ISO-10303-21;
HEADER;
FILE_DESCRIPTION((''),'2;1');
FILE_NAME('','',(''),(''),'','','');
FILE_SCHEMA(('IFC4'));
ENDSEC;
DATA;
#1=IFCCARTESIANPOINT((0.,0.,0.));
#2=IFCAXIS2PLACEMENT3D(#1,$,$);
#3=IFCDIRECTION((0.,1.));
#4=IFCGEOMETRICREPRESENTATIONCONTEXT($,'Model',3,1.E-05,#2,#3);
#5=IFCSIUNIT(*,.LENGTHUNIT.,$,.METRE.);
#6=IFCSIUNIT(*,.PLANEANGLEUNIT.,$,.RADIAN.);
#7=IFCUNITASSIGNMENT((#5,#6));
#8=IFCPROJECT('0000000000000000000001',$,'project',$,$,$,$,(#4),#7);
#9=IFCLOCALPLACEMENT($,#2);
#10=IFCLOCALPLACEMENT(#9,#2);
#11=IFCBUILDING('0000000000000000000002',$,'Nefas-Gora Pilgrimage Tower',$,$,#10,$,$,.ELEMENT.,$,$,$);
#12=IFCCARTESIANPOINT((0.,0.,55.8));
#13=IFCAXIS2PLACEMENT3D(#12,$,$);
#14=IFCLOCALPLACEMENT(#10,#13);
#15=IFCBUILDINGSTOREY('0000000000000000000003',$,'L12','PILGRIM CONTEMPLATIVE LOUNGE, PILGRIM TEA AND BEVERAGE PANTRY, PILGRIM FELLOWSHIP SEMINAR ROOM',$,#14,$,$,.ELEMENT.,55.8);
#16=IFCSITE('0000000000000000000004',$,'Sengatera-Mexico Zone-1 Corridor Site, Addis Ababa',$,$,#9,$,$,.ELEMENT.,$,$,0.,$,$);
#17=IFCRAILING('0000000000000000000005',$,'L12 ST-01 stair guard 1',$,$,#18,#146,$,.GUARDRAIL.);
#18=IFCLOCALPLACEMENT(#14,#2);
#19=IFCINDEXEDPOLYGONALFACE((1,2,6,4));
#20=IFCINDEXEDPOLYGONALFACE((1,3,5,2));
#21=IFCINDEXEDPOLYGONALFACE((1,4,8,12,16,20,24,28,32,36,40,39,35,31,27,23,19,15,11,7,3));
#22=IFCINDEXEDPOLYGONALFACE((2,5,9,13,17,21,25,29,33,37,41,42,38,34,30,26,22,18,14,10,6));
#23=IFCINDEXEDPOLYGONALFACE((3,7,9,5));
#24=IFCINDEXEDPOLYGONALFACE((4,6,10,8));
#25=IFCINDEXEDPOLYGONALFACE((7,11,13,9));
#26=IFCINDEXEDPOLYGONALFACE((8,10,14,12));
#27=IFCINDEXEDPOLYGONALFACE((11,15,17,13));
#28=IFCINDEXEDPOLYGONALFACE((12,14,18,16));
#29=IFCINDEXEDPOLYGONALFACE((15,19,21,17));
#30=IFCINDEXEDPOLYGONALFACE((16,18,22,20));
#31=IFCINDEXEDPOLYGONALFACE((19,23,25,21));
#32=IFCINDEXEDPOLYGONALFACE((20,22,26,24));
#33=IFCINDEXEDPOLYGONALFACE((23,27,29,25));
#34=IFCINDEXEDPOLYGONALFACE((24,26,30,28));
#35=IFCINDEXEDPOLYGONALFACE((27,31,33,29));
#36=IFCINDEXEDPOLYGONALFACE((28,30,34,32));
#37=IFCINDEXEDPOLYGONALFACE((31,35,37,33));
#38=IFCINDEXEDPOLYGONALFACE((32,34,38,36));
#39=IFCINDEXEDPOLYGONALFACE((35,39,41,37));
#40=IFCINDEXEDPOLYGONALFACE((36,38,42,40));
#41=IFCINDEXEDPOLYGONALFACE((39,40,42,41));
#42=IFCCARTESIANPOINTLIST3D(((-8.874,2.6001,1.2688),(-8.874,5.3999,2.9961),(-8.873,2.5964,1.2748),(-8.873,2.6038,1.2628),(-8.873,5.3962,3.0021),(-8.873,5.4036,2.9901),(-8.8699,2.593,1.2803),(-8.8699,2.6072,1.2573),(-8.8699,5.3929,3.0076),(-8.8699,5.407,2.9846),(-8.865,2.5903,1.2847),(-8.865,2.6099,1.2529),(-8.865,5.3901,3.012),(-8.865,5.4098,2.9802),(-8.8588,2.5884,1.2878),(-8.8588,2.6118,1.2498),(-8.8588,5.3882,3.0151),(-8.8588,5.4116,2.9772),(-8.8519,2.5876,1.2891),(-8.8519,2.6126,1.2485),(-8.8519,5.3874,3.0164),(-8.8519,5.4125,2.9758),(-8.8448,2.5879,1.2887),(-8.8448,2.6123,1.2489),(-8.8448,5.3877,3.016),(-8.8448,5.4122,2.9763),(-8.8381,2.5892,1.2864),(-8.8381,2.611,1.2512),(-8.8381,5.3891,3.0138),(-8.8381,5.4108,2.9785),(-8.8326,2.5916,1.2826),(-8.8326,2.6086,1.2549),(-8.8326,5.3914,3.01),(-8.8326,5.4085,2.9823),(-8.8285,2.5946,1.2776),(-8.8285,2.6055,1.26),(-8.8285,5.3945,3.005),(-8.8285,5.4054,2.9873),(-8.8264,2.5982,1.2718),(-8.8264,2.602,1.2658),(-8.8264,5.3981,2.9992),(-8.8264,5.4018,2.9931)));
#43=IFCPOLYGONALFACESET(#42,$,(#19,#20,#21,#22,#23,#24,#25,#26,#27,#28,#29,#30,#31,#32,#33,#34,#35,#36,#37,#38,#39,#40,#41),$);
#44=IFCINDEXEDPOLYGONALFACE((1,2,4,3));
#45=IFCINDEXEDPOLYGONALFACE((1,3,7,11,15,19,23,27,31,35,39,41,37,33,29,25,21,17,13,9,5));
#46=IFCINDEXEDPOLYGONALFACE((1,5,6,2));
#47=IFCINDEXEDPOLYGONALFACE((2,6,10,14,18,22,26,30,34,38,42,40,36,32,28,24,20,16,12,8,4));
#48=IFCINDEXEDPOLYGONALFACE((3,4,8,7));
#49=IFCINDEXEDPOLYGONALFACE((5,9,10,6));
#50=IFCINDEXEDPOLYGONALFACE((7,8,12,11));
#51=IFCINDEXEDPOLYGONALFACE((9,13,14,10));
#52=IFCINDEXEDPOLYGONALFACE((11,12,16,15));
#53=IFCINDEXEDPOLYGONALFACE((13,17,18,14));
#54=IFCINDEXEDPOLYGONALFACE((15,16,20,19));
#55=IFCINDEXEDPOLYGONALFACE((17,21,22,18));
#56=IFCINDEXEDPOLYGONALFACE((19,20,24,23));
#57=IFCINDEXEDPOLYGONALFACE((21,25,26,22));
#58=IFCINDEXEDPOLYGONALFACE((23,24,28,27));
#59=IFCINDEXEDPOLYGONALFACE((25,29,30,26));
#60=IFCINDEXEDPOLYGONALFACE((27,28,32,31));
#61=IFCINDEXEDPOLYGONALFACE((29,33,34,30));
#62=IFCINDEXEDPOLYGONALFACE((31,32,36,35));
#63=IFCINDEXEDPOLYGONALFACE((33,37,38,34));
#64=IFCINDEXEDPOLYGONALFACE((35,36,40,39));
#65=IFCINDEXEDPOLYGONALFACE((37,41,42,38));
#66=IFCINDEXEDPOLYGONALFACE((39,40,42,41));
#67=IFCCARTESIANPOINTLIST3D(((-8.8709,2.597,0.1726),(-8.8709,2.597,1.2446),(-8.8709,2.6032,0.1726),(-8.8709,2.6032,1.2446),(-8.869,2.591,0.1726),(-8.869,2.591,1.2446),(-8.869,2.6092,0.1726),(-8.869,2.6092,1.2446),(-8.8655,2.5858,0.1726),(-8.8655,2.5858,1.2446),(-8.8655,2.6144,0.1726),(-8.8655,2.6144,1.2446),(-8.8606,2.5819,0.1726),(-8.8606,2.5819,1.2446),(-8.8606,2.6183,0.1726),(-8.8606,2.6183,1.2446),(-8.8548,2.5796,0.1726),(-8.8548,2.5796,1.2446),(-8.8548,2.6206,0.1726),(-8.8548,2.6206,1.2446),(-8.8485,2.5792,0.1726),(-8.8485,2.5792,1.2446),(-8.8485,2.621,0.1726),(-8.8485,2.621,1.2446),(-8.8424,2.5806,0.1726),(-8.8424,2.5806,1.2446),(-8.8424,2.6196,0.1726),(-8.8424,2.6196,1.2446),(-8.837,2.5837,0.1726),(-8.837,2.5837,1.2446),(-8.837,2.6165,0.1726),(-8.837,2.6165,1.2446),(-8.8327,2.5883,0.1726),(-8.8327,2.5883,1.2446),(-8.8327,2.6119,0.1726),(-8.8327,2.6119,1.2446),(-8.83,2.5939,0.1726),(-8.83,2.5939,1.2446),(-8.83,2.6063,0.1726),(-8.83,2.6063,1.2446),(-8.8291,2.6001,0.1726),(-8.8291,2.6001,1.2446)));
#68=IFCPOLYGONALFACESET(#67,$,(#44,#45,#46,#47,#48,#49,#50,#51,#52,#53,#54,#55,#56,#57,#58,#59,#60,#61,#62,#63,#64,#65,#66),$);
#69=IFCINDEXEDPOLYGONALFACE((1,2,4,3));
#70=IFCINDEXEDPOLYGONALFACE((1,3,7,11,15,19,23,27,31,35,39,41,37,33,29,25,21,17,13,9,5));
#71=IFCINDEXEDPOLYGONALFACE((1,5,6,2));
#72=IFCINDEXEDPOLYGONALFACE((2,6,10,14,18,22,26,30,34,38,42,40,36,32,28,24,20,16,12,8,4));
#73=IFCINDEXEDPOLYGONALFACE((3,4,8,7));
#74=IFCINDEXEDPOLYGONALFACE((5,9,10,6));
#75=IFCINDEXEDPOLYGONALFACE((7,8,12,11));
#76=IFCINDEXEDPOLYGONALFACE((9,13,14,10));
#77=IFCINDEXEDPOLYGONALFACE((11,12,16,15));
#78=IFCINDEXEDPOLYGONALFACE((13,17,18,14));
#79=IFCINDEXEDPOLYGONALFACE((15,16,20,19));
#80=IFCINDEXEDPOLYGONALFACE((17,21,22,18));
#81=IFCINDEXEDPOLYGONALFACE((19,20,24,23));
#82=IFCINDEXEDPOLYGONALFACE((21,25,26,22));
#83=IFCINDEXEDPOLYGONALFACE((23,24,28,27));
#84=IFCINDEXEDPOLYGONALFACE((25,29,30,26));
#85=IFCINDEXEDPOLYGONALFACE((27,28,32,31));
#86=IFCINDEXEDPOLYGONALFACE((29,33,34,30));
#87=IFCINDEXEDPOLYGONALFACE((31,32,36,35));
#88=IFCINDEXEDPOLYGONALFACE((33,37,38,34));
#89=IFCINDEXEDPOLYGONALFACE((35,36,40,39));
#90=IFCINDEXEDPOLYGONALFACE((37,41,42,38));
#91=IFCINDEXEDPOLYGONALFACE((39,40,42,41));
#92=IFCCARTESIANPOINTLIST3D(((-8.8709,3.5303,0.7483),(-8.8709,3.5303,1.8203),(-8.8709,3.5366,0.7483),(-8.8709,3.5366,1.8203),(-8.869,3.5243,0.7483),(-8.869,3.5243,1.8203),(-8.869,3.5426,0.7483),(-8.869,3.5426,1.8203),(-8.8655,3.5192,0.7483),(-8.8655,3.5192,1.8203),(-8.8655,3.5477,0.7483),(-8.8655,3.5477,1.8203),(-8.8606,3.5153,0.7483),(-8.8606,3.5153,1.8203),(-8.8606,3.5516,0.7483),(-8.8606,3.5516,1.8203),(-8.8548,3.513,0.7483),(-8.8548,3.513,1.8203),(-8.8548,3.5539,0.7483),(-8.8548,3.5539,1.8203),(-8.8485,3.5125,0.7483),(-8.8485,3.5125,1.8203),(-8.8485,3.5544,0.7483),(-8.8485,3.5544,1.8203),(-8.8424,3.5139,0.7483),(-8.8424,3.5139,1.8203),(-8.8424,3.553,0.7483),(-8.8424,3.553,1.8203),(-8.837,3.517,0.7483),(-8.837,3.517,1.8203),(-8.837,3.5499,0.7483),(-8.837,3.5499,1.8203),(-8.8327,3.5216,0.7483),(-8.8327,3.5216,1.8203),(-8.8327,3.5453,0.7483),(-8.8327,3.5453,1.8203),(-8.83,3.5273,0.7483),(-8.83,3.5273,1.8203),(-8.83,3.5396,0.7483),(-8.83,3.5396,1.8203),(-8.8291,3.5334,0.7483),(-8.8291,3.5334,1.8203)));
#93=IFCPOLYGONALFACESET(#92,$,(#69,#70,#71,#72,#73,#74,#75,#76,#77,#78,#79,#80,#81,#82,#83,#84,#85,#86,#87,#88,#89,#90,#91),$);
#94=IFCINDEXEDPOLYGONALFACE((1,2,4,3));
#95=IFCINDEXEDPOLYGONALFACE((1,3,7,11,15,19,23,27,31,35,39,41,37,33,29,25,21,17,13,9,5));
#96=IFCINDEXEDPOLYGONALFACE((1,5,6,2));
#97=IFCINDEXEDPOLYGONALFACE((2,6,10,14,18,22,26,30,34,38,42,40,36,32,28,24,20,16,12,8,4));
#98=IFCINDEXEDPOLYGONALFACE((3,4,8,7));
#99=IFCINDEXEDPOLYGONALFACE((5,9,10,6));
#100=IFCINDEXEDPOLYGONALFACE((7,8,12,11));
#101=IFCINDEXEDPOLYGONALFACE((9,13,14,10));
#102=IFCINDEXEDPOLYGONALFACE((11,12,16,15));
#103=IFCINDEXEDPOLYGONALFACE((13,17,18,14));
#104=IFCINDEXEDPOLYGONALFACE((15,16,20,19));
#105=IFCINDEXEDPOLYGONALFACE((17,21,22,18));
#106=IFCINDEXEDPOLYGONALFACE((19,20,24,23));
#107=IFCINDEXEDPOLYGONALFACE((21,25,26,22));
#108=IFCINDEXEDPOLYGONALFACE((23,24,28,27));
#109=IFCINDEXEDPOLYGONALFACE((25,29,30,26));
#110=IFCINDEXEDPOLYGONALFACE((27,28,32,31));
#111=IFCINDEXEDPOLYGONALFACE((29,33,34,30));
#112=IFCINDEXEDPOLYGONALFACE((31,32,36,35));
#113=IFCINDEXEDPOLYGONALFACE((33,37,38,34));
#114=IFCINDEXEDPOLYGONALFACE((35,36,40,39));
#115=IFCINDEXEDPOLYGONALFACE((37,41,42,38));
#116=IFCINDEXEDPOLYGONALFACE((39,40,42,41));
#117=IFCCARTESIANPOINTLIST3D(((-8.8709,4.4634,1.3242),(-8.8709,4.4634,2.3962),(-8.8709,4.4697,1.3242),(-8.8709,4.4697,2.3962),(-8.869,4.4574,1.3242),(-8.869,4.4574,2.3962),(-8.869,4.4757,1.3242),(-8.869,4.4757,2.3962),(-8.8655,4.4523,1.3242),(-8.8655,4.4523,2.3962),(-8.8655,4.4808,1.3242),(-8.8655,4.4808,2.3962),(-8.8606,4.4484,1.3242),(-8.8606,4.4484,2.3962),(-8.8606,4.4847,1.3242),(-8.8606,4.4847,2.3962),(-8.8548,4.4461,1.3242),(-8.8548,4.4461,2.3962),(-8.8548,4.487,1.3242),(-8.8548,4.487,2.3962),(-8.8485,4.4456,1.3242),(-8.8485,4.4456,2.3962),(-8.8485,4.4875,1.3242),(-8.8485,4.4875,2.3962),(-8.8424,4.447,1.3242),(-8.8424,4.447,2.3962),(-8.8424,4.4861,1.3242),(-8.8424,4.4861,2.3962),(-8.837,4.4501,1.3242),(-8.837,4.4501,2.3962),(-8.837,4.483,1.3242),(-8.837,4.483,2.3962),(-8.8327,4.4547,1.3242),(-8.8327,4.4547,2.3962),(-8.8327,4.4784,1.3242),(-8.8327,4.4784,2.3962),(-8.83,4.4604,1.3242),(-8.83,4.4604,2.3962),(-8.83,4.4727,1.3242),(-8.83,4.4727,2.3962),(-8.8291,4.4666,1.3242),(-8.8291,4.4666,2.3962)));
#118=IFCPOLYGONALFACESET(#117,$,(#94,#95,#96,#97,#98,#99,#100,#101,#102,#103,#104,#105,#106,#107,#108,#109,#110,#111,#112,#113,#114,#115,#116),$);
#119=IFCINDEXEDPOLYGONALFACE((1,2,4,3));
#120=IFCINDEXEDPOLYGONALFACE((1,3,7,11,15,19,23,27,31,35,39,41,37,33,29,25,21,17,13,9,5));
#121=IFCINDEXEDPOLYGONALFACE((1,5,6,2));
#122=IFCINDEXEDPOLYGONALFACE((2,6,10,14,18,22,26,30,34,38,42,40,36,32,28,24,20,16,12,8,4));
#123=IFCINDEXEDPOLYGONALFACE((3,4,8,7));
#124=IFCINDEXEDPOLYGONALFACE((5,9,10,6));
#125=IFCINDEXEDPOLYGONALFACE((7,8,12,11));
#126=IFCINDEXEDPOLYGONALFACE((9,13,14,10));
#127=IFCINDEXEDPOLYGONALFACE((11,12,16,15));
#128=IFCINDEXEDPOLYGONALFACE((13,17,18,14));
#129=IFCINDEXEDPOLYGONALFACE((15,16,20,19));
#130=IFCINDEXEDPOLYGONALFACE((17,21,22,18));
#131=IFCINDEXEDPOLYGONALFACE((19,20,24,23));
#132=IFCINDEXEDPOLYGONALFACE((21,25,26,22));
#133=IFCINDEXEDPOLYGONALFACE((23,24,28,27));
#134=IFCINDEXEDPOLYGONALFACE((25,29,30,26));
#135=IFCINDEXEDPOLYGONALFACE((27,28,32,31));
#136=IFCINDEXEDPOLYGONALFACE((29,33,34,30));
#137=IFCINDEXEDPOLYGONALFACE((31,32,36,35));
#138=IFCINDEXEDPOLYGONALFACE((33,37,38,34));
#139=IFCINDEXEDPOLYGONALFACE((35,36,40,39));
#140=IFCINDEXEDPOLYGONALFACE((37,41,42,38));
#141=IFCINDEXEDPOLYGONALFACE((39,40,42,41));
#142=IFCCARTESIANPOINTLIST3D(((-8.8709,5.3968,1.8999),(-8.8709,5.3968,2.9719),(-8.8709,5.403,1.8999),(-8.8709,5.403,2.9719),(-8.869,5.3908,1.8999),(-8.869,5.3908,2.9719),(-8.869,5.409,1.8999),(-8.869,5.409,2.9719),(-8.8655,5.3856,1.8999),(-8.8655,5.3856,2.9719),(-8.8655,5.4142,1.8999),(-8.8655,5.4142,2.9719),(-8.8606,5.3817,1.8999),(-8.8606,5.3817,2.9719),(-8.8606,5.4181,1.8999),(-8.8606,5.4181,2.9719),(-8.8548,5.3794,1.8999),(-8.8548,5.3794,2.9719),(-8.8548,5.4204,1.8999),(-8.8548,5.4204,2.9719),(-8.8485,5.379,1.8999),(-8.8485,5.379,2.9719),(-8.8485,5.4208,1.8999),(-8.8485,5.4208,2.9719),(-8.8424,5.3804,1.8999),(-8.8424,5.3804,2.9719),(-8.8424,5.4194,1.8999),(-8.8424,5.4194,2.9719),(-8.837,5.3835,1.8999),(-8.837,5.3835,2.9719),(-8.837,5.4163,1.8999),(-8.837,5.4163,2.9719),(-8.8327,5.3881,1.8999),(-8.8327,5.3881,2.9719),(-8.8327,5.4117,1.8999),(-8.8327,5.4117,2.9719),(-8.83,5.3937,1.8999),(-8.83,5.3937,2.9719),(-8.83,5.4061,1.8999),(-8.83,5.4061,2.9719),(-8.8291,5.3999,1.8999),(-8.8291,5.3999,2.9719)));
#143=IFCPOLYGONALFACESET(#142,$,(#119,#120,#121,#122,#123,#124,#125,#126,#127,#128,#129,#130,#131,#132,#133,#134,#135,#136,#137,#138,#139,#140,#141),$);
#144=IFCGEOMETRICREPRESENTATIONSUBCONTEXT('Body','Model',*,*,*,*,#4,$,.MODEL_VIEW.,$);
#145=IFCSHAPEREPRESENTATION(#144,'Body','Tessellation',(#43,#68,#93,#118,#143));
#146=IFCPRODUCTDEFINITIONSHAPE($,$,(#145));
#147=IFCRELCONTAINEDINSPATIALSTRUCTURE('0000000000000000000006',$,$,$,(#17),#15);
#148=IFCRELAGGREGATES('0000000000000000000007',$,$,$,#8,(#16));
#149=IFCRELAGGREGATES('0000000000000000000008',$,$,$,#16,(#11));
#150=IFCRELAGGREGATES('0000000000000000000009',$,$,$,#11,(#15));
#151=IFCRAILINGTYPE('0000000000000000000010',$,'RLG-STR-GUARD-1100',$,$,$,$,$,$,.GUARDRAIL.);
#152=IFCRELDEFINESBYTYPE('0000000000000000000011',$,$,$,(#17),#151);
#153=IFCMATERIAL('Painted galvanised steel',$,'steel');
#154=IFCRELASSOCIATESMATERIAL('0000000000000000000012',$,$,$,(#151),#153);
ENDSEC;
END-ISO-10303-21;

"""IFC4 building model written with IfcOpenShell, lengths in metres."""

from ifc_helpers import new_model, si_unit, direction, frame, origin, origin_2d, place, context, subcontext, project, spatial, circle, extrude, material, type_object, element, save


model = new_model("IFC4")

# Units and contexts
model_context = context("Model", 3, precision=1e-05, world=origin(), true_north=direction((0.0, 1.0)))
body_context = subcontext(model_context, "Body", "Model", "MODEL_VIEW")
ifc_project = project(units=[si_unit("LENGTHUNIT", "METRE"), si_unit("PLANEANGLEUNIT", "RADIAN")], contexts=[model_context])

# Site, building, storey
site_placement = place(None, origin())
site = spatial("IfcSite", under=ifc_project, at=site_placement, Name="Sengatera-Mexico Zone-1 Corridor Site, Addis Ababa", CompositionType="ELEMENT", RefElevation=0.0)
building_placement = place(site_placement, origin())
building = spatial("IfcBuilding", under=site, at=building_placement, Name="Nefas-Gora Pilgrimage Tower", CompositionType="ELEMENT")
storey_placement = place(building_placement, frame((0.0, 0.0, 55.8)))
storey = spatial("IfcBuildingStorey", under=building, at=storey_placement, Name="L12", Description="PILGRIM CONTEMPLATIVE LOUNGE, PILGRIM TEA AND BEVERAGE PANTRY, PILGRIM FELLOWSHIP SEMINAR ROOM", CompositionType="ELEMENT", Elevation=55.8)

# Railing
ifc_material_1 = material(Name="Painted galvanised steel", Category="steel")
railing_type_1 = type_object("IfcRailingType", Name="RLG-STR-GUARD-1100", PredefinedType="GUARDRAIL", material=ifc_material_1)
railing_1_placement = place(storey_placement, frame((-8.8501, 2.6001, 0.1726)))
element("IfcRailing", 1, at=railing_1_placement, inside=storey, type_object=railing_type_1, Name="L12 ST-01 stair guard 1", PredefinedType="GUARDRAIL", context=body_context, shape_type="SweptSolid", body=[
    extrude(circle(Radius=0.0239, at=origin_2d()), frame((0.0, 0.0, 1.0962), z_axis=(0.0, 0.851069, 0.525054), x_axis=(-1.0, 0.0, 0.0)), (0.0, 0.0, 1.0), 3.2898),
    extrude(circle(Radius=0.021, at=origin_2d()), origin(), (0.0, 0.0, 1.0), 1.072),
    extrude(circle(Radius=0.021, at=origin_2d()), frame((0.0, 0.9333, 0.5757)), (0.0, 0.0, 1.0), 1.072),
    extrude(circle(Radius=0.021, at=origin_2d()), frame((0.0, 1.8665, 1.1516)), (0.0, 0.0, 1.0), 1.072),
    extrude(circle(Radius=0.021, at=origin_2d()), frame((0.0, 2.7998, 1.7273)), (0.0, 0.0, 1.0), 1.072),
])

save(model, "model.ifc")
